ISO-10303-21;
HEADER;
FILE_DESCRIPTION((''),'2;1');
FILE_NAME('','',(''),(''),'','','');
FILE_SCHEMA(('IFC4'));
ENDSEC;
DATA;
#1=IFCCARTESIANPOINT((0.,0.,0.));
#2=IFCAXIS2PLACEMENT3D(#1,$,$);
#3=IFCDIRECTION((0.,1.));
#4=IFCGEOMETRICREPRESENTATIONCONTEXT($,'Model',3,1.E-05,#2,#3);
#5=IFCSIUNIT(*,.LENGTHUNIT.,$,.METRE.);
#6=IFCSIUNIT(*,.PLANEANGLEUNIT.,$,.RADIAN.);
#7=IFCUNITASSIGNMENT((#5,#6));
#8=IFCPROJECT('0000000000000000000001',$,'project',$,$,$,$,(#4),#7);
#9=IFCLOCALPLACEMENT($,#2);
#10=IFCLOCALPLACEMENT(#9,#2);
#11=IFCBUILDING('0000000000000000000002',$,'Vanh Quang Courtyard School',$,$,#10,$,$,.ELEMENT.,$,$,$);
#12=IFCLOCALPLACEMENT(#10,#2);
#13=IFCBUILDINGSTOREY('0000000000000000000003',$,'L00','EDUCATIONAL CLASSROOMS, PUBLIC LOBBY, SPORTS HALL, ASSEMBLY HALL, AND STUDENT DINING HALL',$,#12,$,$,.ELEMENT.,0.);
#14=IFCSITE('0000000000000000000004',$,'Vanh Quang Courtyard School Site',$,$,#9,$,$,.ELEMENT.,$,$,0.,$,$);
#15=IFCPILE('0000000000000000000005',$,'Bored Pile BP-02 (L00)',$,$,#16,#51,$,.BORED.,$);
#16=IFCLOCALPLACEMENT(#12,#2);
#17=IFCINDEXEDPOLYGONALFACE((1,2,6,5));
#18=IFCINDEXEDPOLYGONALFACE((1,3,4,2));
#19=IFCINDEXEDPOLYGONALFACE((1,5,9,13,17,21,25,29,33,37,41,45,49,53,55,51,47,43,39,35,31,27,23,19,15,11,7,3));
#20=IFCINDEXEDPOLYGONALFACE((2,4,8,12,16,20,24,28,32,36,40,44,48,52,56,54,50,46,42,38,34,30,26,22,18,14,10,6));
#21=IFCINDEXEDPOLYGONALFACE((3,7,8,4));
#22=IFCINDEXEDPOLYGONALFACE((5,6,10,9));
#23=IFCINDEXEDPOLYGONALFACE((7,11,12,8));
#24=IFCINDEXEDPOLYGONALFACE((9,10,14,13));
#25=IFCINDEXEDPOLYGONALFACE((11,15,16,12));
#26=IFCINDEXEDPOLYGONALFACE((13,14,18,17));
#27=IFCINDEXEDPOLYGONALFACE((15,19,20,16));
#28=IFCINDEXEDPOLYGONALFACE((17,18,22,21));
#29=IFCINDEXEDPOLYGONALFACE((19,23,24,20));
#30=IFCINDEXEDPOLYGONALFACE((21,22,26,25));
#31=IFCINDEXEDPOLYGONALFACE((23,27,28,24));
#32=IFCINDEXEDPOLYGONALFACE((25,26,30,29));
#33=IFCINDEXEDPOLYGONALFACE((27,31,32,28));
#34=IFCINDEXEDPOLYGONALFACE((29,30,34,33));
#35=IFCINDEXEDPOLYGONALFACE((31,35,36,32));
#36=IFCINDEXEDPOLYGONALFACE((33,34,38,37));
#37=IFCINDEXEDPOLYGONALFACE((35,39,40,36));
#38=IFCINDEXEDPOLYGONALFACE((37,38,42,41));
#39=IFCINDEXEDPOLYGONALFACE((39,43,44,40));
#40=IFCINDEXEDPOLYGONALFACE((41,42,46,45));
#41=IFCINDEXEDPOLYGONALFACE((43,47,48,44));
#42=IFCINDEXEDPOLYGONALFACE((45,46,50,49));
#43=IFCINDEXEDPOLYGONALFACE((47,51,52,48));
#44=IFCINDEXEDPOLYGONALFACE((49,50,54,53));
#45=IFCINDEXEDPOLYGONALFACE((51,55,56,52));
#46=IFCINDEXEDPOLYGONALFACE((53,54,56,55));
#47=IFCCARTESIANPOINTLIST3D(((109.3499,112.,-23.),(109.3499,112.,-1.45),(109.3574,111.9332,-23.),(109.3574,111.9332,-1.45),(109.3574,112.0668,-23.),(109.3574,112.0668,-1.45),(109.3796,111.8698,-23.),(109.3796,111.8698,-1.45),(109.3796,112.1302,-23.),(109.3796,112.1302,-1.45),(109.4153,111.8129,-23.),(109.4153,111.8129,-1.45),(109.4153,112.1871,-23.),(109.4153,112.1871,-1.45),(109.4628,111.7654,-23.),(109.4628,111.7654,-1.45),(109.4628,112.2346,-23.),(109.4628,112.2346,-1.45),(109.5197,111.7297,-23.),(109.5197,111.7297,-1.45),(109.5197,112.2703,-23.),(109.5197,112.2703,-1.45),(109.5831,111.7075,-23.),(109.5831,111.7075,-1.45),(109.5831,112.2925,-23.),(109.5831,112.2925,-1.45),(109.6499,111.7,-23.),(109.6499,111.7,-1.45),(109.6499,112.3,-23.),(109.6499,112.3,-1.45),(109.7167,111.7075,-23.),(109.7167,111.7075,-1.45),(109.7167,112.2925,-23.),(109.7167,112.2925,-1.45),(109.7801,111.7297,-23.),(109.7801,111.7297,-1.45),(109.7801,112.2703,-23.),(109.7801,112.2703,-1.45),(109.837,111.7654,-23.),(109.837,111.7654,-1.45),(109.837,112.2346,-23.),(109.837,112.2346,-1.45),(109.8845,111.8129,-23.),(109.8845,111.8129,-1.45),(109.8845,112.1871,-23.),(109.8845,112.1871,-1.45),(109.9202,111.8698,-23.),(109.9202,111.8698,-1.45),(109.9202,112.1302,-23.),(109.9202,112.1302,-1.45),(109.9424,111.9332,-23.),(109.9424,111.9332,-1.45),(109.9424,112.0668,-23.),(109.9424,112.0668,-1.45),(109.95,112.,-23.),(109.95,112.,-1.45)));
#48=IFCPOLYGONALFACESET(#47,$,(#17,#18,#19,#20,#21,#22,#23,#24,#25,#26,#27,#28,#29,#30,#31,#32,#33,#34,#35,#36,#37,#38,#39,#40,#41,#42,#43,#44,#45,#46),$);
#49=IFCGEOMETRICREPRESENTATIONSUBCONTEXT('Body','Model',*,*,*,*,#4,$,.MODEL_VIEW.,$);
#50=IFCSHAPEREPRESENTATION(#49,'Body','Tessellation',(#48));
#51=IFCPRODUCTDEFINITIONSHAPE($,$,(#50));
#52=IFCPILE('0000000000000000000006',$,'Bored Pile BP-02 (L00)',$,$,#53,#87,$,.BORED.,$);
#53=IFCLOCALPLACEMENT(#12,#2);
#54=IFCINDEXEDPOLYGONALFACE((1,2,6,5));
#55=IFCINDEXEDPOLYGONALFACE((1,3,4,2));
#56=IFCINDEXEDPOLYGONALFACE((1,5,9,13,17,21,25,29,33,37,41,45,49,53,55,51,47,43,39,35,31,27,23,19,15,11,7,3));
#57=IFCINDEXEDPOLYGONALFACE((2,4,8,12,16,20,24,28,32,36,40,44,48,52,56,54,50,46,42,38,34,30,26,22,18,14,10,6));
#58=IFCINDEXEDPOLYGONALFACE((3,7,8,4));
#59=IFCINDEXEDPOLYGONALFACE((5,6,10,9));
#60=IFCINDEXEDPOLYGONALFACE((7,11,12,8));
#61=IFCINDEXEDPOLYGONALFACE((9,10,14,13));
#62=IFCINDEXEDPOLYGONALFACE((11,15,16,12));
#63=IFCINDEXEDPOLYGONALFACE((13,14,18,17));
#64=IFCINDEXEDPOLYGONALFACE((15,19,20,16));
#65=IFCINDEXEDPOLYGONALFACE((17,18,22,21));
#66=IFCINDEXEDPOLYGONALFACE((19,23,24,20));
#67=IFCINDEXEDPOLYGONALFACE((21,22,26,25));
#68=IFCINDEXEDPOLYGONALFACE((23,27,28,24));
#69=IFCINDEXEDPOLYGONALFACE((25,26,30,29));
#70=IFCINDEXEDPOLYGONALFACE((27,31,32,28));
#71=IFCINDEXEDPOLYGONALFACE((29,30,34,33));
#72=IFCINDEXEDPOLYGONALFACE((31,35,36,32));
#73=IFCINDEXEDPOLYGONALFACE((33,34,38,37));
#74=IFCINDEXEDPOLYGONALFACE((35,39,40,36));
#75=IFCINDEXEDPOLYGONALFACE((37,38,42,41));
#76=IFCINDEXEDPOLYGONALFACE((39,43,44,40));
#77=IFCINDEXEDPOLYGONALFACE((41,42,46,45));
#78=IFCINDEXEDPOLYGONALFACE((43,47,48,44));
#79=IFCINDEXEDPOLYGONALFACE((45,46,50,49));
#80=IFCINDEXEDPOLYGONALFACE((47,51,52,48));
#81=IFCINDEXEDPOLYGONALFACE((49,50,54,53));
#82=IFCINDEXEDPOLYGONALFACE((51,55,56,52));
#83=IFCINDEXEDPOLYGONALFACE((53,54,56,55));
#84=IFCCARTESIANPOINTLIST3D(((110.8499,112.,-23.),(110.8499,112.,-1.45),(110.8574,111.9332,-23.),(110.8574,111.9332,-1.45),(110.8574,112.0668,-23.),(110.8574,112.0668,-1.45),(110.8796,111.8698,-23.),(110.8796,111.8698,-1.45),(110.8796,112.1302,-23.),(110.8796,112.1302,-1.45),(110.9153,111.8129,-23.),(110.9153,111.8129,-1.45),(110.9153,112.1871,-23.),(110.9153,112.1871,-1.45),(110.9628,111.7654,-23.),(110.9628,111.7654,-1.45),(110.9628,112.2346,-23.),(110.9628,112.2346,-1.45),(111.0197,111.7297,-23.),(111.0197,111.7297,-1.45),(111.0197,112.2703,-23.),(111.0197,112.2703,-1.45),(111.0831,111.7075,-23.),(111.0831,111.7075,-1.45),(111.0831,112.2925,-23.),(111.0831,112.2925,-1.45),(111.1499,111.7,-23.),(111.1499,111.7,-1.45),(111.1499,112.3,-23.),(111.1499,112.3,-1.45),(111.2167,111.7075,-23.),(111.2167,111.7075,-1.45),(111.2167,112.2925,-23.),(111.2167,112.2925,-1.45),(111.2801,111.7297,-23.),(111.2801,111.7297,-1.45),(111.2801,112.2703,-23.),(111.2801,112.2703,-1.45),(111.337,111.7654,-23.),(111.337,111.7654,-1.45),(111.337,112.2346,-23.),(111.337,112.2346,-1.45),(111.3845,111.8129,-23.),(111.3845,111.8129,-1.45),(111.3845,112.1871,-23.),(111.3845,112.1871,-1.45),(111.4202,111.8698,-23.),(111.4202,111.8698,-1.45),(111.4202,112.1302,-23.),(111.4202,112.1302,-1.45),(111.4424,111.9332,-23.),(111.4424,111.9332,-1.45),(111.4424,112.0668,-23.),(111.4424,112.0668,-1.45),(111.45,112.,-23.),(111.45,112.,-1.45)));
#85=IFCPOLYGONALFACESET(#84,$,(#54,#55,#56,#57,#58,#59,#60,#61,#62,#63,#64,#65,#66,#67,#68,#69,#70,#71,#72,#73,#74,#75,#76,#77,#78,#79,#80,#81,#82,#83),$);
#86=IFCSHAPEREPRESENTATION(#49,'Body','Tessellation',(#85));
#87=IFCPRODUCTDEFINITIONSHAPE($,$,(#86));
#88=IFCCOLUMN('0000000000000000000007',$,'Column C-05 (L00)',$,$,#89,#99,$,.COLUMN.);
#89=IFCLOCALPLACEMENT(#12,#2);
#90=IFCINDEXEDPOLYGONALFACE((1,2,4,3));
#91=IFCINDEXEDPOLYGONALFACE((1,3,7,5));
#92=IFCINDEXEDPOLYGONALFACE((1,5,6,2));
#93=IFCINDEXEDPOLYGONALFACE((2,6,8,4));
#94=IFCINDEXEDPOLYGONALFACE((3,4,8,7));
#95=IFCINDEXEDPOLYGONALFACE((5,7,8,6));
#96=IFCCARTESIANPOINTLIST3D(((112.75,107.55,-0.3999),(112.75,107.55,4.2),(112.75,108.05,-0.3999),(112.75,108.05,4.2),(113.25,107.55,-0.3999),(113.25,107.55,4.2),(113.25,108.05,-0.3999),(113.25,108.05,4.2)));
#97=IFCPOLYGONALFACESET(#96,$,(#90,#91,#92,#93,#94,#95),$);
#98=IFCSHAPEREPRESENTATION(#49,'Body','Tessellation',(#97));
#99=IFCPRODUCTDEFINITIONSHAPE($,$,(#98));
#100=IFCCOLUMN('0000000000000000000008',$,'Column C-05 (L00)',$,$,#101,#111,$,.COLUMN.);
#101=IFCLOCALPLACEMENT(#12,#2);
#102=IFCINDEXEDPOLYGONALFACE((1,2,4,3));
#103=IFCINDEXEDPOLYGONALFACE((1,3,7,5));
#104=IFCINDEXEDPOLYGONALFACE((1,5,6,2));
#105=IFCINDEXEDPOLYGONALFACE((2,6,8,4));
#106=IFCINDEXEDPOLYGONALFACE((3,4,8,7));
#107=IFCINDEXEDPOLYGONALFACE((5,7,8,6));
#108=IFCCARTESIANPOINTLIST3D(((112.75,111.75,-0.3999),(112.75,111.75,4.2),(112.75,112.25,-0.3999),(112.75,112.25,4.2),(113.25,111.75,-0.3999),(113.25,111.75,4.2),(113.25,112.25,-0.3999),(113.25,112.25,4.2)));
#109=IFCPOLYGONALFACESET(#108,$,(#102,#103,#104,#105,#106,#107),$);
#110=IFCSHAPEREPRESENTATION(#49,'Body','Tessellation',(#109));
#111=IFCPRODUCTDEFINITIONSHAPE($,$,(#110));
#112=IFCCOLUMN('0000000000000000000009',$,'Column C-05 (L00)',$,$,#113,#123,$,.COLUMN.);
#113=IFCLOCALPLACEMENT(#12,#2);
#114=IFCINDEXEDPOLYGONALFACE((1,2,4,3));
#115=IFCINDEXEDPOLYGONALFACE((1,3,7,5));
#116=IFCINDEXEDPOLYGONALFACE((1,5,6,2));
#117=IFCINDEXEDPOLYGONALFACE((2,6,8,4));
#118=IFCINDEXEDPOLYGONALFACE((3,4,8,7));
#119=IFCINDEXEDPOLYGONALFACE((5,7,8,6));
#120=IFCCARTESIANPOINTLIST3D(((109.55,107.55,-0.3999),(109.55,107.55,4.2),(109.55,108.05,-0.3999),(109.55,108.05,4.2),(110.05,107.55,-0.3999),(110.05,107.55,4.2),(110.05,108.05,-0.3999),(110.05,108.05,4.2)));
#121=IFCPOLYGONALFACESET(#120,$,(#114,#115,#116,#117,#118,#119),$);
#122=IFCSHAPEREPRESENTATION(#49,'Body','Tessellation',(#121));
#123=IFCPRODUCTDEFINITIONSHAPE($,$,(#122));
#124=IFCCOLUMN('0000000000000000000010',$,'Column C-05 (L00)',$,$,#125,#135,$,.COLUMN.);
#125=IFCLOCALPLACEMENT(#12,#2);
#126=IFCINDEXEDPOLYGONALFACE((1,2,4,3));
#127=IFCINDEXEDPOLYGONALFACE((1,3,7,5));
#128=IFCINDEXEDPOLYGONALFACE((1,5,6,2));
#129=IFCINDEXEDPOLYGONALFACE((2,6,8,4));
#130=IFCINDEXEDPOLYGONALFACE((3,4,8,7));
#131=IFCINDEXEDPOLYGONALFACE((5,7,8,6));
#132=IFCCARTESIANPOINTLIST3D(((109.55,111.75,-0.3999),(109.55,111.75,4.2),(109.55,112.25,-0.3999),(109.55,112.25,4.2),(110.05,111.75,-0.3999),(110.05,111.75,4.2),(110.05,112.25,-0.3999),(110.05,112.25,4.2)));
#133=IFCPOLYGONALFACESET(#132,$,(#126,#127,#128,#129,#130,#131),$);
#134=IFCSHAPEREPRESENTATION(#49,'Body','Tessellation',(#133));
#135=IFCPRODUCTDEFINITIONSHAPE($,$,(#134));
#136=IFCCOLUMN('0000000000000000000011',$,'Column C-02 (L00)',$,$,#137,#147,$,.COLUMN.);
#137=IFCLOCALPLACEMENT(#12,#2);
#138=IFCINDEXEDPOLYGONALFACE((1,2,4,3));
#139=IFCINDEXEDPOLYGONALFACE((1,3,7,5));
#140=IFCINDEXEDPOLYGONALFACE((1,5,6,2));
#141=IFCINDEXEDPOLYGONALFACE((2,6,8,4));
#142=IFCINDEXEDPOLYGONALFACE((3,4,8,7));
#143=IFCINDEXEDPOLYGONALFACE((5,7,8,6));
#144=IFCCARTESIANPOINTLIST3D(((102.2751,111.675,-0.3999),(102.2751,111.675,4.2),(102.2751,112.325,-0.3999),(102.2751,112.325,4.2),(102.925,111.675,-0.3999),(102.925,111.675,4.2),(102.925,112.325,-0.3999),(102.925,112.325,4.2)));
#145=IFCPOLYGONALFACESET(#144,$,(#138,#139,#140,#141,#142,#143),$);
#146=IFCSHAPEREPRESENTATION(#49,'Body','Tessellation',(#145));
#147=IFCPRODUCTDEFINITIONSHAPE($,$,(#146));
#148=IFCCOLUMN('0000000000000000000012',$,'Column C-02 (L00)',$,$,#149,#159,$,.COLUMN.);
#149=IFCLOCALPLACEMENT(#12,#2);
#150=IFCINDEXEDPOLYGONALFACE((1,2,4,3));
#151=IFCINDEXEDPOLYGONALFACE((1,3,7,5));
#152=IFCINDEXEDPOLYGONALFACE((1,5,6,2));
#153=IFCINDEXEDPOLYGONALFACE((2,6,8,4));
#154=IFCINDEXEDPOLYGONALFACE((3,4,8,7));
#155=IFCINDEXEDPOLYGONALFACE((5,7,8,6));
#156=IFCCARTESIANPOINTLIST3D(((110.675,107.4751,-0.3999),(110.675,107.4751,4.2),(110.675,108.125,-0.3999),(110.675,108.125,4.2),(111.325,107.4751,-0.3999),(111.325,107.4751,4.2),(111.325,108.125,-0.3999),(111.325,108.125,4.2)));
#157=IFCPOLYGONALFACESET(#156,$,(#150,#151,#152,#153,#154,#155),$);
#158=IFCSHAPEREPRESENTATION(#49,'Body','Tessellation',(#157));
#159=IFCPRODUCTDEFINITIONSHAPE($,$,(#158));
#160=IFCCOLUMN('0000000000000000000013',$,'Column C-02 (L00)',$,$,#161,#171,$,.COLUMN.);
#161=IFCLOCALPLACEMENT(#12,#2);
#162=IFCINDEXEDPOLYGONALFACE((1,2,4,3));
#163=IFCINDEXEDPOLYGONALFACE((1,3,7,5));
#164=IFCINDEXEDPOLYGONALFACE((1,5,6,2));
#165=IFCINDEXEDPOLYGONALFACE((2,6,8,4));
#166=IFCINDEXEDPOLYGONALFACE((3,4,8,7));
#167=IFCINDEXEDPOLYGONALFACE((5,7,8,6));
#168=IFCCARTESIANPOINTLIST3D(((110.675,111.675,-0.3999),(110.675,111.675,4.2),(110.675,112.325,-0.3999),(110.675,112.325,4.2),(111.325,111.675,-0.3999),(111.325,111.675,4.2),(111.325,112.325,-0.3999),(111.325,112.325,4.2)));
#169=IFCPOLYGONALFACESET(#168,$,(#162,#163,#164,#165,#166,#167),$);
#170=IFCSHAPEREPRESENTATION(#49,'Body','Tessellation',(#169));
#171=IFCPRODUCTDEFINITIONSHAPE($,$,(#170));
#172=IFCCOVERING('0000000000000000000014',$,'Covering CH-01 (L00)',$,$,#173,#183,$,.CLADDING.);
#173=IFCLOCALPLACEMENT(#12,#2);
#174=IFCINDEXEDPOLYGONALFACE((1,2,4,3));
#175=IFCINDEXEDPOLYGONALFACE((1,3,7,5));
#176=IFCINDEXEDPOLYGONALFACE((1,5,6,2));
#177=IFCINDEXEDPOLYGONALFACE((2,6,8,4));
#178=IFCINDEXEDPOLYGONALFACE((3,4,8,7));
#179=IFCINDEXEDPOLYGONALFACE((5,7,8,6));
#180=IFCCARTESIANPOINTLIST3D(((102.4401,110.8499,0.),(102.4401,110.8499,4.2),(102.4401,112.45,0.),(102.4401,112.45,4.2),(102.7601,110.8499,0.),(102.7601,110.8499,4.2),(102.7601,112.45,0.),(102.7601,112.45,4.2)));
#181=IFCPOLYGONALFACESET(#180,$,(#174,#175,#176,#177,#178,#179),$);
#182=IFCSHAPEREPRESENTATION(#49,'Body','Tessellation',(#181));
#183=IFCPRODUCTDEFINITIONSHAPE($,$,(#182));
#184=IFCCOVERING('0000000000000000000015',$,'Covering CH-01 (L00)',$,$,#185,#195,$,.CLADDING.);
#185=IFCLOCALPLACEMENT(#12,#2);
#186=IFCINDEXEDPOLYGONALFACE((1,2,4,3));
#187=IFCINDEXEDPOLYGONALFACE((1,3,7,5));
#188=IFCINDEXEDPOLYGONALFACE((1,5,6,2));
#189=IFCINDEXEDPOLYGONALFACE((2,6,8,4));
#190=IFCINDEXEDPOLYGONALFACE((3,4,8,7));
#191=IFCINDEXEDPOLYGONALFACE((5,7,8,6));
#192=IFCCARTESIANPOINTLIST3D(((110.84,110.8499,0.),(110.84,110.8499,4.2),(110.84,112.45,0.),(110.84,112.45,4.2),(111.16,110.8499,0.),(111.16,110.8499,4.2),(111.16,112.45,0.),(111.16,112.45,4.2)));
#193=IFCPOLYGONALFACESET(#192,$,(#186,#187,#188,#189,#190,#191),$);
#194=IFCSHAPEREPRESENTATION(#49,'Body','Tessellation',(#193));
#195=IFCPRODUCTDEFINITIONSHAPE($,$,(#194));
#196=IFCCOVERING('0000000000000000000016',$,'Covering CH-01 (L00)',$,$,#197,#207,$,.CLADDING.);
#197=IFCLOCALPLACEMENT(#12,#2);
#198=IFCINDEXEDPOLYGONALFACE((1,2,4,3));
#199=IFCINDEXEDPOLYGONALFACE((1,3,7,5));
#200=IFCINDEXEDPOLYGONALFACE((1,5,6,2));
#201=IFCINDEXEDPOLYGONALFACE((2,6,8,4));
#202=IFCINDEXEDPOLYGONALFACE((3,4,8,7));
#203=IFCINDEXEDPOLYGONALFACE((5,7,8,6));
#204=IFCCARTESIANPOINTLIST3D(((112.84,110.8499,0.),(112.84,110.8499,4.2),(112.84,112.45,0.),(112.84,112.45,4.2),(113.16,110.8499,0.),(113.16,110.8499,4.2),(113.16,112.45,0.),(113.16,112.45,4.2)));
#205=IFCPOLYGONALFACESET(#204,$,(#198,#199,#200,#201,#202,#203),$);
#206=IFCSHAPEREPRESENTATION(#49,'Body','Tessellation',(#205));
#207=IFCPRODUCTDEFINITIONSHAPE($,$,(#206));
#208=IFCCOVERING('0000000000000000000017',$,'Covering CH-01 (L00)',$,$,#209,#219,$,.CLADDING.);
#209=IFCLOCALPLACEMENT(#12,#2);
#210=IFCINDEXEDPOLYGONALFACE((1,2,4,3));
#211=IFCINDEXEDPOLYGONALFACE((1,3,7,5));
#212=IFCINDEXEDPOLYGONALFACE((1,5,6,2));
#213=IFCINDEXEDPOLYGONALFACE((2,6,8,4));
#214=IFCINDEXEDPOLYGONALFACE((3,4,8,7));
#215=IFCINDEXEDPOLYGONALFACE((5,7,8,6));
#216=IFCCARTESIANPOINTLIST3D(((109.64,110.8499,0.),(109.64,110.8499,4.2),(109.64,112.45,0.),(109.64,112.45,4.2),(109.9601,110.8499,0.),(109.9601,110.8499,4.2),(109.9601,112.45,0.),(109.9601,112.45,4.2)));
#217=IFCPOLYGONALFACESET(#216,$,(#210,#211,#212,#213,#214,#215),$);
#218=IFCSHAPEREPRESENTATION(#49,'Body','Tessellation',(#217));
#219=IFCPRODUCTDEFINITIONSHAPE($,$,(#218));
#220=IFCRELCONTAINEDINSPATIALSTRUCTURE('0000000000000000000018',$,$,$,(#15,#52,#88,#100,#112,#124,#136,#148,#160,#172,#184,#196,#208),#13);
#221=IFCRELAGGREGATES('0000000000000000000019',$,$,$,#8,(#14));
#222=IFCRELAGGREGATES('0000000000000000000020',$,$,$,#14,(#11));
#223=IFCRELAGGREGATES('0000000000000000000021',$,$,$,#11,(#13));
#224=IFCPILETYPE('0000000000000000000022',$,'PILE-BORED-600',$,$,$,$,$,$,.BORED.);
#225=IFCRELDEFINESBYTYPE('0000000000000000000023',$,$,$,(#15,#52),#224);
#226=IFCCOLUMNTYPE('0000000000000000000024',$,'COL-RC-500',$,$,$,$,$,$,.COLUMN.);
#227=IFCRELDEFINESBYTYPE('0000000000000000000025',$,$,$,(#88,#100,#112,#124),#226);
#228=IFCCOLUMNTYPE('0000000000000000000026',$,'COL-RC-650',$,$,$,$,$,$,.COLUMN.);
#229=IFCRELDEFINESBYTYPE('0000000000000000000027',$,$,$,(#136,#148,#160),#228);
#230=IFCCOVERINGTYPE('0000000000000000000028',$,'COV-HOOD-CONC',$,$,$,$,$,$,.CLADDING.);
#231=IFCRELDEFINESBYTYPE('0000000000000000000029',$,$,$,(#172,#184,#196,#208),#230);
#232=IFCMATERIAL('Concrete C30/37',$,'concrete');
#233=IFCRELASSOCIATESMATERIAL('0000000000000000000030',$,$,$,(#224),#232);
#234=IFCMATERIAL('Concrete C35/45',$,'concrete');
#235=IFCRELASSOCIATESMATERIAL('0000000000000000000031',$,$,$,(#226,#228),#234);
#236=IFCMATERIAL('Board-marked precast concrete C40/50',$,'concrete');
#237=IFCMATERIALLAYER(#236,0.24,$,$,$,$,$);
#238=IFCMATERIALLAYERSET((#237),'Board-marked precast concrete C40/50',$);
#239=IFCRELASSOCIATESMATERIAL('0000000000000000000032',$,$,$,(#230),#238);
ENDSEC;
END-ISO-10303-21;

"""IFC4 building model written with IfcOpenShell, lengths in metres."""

from ifc_helpers import new_model, si_unit, direction, frame, origin, origin_2d, place, context, subcontext, project, spatial, rectangle, circle, extrude, material, layer, layer_set, material_profile, profile_set, type_object, element, save


model = new_model("IFC4")

# Units and contexts
model_context = context("Model", 3, precision=1e-05, world=origin(), true_north=direction((0.0, 1.0)))
body_context = subcontext(model_context, "Body", "Model", "MODEL_VIEW")
ifc_project = project(units=[si_unit("LENGTHUNIT", "METRE"), si_unit("PLANEANGLEUNIT", "RADIAN")], contexts=[model_context])

# Site, building, storey
site_placement = place(None, origin())
site = spatial("IfcSite", under=ifc_project, at=site_placement, Name="Vanh Quang Courtyard School Site", CompositionType="ELEMENT", RefElevation=0.0)
building_placement = place(site_placement, origin())
building = spatial("IfcBuilding", under=site, at=building_placement, Name="Vanh Quang Courtyard School", CompositionType="ELEMENT")
storey_placement = place(building_placement, origin())
storey = spatial("IfcBuildingStorey", under=building, at=storey_placement, Name="L00", Description="EDUCATIONAL CLASSROOMS, PUBLIC LOBBY, SPORTS HALL, ASSEMBLY HALL, AND STUDENT DINING HALL", CompositionType="ELEMENT", Elevation=0.0)

# Shared definitions
ifc_material_1 = material(Name="Concrete C35/45", Category="concrete")

# Piles
ifc_material_2 = material(Name="Concrete C30/37", Category="concrete")
ifc_material_profile_1 = material_profile(ifc_material_2, circle(Radius=0.3, at=origin_2d()), Name="PILE D600")
ifc_profile_set_1 = profile_set([ifc_material_profile_1], Name="Concrete C30/37")
pile_type_1 = type_object("IfcPileType", Name="PILE-BORED-600", PredefinedType="BORED", material=ifc_profile_set_1)
for number, where, z_axis, x_axis, name in (
    (1, (109.6499, 112.0, -1.45), (0.0, 0.0, -1.0), (1.0, 0.0, 0.0), "Bored Pile BP-02 (L00)"),
    (2, (111.1499, 112.0, -1.45), (0.0, 0.0, -1.0), (1.0, 0.0, 0.0), "Bored Pile BP-02 (L00)"),
):
    element("IfcPile", number, at=place(storey_placement, frame(where, z_axis=z_axis, x_axis=x_axis)), inside=storey, type_object=pile_type_1, Name=name, PredefinedType="BORED", context=body_context, shape_type="SweptSolid", body=[
        extrude(circle(Radius=0.3, at=origin_2d()), origin(), (0.0, 0.0, 1.0), 21.55),
    ])

# Columns
ifc_material_profile_2 = material_profile(ifc_material_1, rectangle(XDim=0.5, YDim=0.5, at=origin_2d()), Name="RC-COL 500x500")
ifc_profile_set_2 = profile_set([ifc_material_profile_2], Name="Concrete C35/45")
column_type_1 = type_object("IfcColumnType", Name="COL-RC-500", PredefinedType="COLUMN", material=ifc_profile_set_2)
for number, where, z_axis, x_axis, name in (
    (3, (113.0, 107.8, -0.3999), (0.0, 0.0, 1.0), (1.0, 0.0, 0.0), "Column C-05 (L00)"),
    (4, (113.0, 112.0, -0.3999), (0.0, 0.0, 1.0), (1.0, 0.0, 0.0), "Column C-05 (L00)"),
    (5, (109.8, 107.8, -0.3999), (0.0, 0.0, 1.0), (1.0, 0.0, 0.0), "Column C-05 (L00)"),
    (6, (109.8, 112.0, -0.3999), (0.0, 0.0, 1.0), (1.0, 0.0, 0.0), "Column C-05 (L00)"),
):
    element("IfcColumn", number, at=place(storey_placement, frame(where, z_axis=z_axis, x_axis=x_axis)), inside=storey, type_object=column_type_1, Name=name, PredefinedType="COLUMN", context=body_context, shape_type="SweptSolid", body=[
        extrude(rectangle(XDim=0.5, YDim=0.5, at=origin_2d()), origin(), (0.0, 0.0, 1.0), 4.5999),
    ])
ifc_material_profile_3 = material_profile(ifc_material_1, rectangle(XDim=0.6499, YDim=0.6499, at=origin_2d()), Name="RC-COL 650x650")
ifc_profile_set_3 = profile_set([ifc_material_profile_3], Name="Concrete C35/45")
column_type_2 = type_object("IfcColumnType", Name="COL-RC-650", PredefinedType="COLUMN", material=ifc_profile_set_3)
for number, where, z_axis, x_axis, name in (
    (7, (102.6001, 112.0, -0.3999), (0.0, 0.0, 1.0), (1.0, 0.0, 0.0), "Column C-02 (L00)"),
    (8, (111.0, 107.8, -0.3999), (0.0, 0.0, 1.0), (1.0, 0.0, 0.0), "Column C-02 (L00)"),
    (9, (111.0, 112.0, -0.3999), (0.0, 0.0, 1.0), (1.0, 0.0, 0.0), "Column C-02 (L00)"),
):
    element("IfcColumn", number, at=place(storey_placement, frame(where, z_axis=z_axis, x_axis=x_axis)), inside=storey, type_object=column_type_2, Name=name, PredefinedType="COLUMN", context=body_context, shape_type="SweptSolid", body=[
        extrude(rectangle(XDim=0.6499, YDim=0.6499, at=origin_2d()), origin(), (0.0, 0.0, 1.0), 4.5999),
    ])

# Coverings
ifc_material_3 = material(Name="Board-marked precast concrete C40/50", Category="concrete")
ifc_layer = layer(ifc_material_3, 0.24)
ifc_layer_set = layer_set([ifc_layer], Name="Board-marked precast concrete C40/50")
covering_type = type_object("IfcCoveringType", Name="COV-HOOD-CONC", PredefinedType="CLADDING", material=ifc_layer_set)
for number, where, z_axis, x_axis, name in (
    (10, (102.6001, 111.6499, 0.0), (0.0, 0.0, 1.0), (0.0, 1.0, 0.0), "Covering CH-01 (L00)"),
    (11, (111.0, 111.6499, 0.0), (0.0, 0.0, 1.0), (0.0, 1.0, 0.0), "Covering CH-01 (L00)"),
    (12, (113.0, 111.6499, 0.0), (0.0, 0.0, 1.0), (0.0, 1.0, 0.0), "Covering CH-01 (L00)"),
    (13, (109.8, 111.6499, 0.0), (0.0, 0.0, 1.0), (0.0, 1.0, 0.0), "Covering CH-01 (L00)"),
):
    element("IfcCovering", number, at=place(storey_placement, frame(where, z_axis=z_axis, x_axis=x_axis)), inside=storey, type_object=covering_type, Name=name, PredefinedType="CLADDING", context=body_context, shape_type="SweptSolid", body=[
        extrude(rectangle(XDim=1.6001, YDim=0.3201, at=origin_2d()), origin(), (0.0, 0.0, 1.0), 4.2),
    ])

save(model, "model.ifc")
